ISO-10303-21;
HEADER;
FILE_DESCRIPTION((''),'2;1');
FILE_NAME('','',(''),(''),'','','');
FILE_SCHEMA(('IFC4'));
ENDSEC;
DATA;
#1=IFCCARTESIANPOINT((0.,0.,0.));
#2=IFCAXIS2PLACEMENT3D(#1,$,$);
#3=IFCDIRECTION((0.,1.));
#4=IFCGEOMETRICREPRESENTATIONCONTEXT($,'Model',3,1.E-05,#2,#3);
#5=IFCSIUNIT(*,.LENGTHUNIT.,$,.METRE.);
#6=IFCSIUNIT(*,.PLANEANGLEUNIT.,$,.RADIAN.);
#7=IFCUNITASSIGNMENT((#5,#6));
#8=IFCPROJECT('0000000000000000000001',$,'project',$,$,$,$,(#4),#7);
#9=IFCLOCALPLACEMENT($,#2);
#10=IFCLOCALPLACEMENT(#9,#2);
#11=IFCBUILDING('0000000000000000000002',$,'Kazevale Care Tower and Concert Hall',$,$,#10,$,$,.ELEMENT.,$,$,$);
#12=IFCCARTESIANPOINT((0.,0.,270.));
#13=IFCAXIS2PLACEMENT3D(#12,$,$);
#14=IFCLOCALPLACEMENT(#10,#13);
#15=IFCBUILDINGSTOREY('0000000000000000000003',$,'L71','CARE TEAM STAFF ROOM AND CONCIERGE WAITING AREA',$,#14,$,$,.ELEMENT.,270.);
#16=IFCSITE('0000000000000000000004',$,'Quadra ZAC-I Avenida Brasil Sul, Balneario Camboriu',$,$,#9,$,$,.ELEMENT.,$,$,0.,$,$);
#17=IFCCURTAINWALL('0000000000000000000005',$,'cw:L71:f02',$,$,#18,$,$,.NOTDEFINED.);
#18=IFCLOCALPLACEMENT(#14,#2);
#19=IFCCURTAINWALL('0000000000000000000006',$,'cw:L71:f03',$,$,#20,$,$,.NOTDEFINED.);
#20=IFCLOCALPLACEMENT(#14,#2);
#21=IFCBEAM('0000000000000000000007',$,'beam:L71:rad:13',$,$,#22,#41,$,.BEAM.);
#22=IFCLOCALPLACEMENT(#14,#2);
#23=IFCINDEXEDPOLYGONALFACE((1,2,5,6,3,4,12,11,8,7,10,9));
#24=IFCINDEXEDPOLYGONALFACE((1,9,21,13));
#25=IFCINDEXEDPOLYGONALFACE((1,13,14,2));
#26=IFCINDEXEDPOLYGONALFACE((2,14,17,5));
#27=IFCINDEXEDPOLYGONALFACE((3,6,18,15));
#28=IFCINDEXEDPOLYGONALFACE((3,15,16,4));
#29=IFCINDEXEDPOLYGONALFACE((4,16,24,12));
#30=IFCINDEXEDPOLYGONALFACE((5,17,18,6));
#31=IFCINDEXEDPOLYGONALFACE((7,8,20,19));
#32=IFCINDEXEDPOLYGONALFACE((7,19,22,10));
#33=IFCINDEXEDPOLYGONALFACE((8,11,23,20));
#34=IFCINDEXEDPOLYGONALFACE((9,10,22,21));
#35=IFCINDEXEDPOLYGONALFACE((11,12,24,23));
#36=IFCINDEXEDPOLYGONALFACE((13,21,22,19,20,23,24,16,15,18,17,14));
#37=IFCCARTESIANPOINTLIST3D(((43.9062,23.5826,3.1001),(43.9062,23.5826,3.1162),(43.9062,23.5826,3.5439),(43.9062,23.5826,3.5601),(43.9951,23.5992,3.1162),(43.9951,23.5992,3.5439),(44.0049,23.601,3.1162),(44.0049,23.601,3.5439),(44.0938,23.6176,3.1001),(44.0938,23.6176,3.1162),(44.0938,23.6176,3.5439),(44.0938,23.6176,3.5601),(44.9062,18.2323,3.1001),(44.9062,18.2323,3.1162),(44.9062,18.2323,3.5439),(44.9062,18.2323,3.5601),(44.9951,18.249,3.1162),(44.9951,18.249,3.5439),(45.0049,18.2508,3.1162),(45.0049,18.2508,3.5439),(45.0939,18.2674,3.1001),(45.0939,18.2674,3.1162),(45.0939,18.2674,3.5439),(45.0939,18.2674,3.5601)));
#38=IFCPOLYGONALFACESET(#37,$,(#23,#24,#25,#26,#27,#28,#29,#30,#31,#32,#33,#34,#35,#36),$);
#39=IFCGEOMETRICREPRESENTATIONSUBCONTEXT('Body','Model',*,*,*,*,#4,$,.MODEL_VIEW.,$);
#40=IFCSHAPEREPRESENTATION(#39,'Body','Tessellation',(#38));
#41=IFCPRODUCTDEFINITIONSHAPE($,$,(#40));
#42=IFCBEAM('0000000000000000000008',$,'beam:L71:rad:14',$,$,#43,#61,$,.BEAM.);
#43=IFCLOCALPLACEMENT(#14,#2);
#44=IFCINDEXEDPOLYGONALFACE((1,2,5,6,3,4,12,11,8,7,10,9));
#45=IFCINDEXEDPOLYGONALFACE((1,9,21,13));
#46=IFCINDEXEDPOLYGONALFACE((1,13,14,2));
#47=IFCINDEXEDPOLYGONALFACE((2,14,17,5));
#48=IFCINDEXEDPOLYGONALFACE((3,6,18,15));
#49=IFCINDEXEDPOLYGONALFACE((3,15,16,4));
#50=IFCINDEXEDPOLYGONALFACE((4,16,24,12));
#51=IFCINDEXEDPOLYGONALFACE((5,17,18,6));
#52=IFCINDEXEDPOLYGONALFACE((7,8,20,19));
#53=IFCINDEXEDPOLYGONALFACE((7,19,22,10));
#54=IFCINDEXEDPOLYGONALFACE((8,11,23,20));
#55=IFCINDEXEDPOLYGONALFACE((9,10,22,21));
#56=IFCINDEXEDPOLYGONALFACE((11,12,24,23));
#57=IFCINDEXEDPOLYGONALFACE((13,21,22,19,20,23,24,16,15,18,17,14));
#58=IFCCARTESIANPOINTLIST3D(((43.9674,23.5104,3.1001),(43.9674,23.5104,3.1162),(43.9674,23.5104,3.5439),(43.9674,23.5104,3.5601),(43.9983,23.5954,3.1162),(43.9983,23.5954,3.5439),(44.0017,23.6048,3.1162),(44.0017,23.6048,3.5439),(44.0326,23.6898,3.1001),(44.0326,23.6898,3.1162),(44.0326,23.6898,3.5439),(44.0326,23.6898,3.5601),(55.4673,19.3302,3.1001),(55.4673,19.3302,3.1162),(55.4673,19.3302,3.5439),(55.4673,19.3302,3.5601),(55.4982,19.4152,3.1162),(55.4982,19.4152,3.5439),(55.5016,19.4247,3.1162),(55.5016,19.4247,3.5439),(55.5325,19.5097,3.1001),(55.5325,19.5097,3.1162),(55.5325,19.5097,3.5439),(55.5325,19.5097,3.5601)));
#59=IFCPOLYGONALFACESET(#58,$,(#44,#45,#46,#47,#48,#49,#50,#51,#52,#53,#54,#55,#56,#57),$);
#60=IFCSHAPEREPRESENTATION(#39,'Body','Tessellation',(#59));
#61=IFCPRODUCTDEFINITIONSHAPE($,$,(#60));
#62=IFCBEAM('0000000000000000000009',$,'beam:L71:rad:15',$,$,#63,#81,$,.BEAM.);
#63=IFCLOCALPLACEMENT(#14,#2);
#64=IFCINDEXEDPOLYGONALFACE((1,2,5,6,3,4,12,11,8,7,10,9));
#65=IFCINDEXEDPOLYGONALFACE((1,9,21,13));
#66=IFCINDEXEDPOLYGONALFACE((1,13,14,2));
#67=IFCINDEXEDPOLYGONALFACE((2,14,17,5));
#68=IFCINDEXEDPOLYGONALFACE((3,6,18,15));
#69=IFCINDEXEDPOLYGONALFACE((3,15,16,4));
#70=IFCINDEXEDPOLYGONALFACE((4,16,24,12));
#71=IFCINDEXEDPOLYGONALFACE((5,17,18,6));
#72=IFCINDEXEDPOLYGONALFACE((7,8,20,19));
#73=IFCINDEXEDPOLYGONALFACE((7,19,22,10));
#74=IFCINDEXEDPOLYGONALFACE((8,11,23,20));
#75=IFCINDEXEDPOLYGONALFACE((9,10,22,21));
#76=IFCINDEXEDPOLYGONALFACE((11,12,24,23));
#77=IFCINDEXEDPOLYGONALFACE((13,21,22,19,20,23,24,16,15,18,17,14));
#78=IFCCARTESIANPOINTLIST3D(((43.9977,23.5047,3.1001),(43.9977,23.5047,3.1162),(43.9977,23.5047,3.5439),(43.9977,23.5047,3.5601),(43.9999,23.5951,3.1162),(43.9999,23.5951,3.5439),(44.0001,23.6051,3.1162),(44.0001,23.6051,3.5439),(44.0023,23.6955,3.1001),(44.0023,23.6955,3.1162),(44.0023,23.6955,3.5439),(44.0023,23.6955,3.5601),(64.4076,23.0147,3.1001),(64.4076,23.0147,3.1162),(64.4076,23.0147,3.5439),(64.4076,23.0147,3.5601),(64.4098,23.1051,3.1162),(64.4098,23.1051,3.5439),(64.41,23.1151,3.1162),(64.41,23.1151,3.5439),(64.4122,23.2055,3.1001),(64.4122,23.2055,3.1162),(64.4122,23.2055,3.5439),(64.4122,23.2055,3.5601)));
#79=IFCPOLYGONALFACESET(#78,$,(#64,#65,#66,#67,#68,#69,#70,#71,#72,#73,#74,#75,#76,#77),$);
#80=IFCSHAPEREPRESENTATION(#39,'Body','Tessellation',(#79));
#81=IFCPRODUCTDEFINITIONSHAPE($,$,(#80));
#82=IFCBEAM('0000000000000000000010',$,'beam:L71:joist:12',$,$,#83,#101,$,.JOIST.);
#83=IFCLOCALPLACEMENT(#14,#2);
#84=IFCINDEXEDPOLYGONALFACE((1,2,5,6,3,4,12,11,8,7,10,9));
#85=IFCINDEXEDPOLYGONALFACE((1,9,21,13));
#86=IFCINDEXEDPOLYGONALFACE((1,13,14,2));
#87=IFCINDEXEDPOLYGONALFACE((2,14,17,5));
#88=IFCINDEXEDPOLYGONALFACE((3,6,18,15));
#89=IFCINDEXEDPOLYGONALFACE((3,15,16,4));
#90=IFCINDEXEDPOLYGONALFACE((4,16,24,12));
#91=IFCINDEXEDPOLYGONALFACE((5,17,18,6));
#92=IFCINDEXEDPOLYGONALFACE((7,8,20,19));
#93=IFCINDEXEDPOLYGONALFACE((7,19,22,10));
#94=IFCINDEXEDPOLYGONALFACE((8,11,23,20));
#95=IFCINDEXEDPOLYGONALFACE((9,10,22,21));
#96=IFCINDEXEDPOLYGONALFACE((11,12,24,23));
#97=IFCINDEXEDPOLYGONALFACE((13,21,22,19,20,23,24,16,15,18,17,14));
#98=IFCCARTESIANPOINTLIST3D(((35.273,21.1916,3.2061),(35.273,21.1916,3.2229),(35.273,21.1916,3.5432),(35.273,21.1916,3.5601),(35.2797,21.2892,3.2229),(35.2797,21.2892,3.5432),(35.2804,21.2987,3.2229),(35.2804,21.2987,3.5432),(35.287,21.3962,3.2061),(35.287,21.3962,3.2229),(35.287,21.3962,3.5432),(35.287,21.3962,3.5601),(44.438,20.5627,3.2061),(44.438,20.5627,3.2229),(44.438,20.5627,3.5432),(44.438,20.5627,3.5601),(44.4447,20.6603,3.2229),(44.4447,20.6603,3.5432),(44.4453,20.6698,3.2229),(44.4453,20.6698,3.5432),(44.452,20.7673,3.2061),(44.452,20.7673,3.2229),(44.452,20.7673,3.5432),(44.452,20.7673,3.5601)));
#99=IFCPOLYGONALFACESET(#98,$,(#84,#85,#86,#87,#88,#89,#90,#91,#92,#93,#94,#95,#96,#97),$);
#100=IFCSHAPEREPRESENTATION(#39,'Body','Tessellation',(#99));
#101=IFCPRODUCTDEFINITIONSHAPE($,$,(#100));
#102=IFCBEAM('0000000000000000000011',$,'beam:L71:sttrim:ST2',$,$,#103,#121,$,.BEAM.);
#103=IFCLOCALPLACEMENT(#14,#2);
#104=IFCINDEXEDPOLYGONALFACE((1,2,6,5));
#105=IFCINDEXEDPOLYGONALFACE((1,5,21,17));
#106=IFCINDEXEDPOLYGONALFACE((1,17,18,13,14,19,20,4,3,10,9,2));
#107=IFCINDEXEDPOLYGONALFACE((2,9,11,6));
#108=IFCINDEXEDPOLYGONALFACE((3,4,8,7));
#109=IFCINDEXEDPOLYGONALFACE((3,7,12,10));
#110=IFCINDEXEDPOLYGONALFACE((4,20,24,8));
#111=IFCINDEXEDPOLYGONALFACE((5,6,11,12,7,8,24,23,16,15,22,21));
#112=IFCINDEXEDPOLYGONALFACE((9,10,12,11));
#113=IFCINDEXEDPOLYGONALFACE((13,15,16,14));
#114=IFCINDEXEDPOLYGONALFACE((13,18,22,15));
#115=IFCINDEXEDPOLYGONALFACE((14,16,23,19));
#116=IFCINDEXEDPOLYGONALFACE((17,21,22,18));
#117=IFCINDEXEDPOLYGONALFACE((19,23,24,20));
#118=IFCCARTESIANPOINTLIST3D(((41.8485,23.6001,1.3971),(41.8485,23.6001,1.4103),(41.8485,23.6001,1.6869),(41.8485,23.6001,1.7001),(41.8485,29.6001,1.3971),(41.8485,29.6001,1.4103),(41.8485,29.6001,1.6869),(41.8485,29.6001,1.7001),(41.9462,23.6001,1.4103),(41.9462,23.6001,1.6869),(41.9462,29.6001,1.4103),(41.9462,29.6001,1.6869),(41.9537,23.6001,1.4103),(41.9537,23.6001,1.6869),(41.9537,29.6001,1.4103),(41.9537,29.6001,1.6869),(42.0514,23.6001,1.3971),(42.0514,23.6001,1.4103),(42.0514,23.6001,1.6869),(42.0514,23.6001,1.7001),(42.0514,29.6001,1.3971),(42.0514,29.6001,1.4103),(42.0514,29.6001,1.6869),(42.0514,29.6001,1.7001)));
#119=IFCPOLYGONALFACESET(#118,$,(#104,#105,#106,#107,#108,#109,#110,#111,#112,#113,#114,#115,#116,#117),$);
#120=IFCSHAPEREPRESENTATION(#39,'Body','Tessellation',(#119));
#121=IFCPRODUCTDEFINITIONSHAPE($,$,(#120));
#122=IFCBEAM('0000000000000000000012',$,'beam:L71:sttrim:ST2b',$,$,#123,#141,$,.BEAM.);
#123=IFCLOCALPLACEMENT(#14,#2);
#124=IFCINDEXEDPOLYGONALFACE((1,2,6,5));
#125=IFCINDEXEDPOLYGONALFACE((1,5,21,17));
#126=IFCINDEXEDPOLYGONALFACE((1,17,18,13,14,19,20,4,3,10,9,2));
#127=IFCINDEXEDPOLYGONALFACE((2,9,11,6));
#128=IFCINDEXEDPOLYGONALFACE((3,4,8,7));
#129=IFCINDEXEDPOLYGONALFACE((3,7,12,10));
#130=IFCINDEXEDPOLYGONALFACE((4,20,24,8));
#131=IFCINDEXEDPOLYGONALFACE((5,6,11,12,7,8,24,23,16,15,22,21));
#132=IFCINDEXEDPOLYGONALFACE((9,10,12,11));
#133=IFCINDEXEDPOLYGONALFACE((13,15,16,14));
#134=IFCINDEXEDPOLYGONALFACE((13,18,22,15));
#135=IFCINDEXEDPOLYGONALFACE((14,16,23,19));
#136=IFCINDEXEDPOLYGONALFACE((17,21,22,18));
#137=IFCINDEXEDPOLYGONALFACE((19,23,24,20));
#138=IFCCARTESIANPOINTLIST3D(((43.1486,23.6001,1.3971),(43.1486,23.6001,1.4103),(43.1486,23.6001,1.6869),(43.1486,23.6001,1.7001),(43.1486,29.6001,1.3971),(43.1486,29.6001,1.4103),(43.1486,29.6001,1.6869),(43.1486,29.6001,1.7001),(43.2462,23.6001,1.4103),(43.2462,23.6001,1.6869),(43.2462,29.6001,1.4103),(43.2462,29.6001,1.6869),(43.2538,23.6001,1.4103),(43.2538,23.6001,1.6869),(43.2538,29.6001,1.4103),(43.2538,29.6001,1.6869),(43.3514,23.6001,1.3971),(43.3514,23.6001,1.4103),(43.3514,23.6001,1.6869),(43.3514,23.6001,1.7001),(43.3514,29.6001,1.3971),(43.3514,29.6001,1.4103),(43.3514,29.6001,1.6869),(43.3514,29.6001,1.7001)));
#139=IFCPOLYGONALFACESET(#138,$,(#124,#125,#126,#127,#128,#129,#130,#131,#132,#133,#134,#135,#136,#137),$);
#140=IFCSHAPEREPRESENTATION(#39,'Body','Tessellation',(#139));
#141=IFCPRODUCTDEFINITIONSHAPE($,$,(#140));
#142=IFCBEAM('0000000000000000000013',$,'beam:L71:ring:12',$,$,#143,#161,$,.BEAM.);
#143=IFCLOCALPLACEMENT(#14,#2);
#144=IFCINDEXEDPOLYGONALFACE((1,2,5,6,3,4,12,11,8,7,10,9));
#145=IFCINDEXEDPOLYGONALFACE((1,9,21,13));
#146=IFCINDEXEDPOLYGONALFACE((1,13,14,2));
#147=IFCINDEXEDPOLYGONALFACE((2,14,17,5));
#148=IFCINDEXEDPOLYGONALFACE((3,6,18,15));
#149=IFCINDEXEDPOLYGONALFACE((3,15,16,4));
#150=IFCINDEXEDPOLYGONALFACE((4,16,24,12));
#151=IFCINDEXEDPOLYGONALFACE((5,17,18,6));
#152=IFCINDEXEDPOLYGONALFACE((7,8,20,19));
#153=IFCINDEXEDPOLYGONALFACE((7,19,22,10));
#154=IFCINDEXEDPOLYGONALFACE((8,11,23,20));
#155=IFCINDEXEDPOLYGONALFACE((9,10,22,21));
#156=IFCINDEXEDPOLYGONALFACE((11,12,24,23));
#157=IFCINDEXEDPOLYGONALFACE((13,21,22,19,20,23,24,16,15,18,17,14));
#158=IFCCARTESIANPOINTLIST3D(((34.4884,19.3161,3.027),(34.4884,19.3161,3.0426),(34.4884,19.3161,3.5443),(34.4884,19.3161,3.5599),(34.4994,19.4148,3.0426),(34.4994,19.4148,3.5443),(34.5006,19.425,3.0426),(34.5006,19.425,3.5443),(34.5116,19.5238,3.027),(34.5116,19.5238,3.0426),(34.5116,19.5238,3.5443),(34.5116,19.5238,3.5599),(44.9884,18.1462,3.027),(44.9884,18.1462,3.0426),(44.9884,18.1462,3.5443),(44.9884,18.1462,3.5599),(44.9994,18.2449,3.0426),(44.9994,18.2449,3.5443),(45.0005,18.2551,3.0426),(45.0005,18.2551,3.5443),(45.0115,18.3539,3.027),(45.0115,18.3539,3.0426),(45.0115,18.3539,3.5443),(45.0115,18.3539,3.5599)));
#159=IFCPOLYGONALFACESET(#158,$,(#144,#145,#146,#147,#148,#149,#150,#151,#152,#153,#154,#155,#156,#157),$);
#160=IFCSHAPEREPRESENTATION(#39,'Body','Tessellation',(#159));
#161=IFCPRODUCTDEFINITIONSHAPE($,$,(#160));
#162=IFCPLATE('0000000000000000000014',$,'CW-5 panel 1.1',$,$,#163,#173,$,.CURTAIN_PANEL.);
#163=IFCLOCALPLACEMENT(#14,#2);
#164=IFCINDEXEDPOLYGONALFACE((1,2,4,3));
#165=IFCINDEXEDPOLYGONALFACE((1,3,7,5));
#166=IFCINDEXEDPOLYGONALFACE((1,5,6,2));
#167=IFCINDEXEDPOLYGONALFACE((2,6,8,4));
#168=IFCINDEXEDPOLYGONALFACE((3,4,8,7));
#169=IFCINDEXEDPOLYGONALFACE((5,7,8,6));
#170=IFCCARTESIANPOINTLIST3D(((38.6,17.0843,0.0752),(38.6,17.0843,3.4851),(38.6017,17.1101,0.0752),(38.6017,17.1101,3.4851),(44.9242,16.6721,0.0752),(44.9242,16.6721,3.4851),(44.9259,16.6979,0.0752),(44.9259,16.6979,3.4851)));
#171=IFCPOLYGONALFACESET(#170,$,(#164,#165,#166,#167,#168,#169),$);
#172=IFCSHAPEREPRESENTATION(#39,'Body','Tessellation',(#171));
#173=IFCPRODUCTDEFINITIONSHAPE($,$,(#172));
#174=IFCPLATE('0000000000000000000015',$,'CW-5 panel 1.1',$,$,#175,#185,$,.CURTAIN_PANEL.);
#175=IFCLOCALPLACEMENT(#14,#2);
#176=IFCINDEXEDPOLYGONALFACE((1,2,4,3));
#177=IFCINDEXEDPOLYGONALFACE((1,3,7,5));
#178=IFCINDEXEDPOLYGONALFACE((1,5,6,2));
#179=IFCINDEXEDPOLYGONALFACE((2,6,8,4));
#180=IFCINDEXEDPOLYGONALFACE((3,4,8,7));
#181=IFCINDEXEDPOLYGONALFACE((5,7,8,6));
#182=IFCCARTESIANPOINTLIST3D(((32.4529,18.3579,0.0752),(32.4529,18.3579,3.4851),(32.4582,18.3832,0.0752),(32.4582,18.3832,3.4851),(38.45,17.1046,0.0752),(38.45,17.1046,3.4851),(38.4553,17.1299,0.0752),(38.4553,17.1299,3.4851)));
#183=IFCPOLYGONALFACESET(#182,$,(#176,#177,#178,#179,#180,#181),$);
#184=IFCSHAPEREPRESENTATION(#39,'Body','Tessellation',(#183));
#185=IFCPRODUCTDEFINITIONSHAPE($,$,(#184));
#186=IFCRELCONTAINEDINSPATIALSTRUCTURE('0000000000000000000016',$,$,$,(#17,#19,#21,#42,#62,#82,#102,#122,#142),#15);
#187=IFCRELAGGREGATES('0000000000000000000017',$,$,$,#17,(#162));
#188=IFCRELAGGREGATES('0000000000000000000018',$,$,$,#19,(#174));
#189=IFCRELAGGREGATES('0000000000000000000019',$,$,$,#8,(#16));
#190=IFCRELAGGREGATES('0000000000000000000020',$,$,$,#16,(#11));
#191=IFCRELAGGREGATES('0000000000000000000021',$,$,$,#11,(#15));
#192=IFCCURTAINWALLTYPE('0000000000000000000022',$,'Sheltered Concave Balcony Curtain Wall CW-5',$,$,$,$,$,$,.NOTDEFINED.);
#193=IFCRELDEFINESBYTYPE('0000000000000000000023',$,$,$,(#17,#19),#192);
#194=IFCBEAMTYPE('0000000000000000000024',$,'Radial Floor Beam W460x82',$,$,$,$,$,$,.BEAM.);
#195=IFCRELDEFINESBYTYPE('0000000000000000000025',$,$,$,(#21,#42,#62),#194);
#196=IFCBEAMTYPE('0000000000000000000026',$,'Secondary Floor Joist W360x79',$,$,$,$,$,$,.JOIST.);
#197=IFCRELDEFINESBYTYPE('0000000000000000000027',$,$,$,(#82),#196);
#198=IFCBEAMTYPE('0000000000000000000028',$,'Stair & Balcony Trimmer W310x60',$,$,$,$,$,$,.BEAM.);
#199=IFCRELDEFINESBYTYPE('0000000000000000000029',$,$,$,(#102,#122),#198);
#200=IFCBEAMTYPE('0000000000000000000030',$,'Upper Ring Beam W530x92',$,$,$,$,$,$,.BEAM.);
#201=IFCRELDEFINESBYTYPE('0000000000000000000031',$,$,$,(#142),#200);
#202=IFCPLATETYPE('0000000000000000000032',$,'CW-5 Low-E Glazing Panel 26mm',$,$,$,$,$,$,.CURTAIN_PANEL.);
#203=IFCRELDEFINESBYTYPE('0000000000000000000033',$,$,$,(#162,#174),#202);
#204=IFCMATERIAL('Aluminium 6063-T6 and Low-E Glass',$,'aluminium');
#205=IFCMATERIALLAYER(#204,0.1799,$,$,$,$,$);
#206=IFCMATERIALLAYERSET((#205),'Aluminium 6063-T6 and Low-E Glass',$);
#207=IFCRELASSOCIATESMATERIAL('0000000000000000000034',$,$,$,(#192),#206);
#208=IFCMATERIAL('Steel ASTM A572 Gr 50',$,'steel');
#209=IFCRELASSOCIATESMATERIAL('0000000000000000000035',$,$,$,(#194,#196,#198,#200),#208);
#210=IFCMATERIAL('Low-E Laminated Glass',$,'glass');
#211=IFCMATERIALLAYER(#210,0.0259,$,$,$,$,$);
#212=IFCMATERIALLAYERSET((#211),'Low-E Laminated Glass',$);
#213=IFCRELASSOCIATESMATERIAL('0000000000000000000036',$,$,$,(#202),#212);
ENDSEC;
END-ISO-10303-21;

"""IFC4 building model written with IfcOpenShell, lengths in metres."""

from ifc_helpers import new_model, si_unit, direction, frame, origin, origin_2d, place, context, subcontext, project, spatial, rectangle, i_section, extrude, material, layer, layer_set, material_profile, profile_set, type_object, element, aggregate, save


model = new_model("IFC4")

# Units and contexts
model_context = context("Model", 3, precision=1e-05, world=origin(), true_north=direction((0.0, 1.0)))
body_context = subcontext(model_context, "Body", "Model", "MODEL_VIEW")
ifc_project = project(units=[si_unit("LENGTHUNIT", "METRE"), si_unit("PLANEANGLEUNIT", "RADIAN")], contexts=[model_context])

# Site, building, storey
site_placement = place(None, origin())
site = spatial("IfcSite", under=ifc_project, at=site_placement, Name="Quadra ZAC-I Avenida Brasil Sul, Balneario Camboriu", CompositionType="ELEMENT", RefElevation=0.0)
building_placement = place(site_placement, origin())
building = spatial("IfcBuilding", under=site, at=building_placement, Name="Kazevale Care Tower and Concert Hall", CompositionType="ELEMENT")
storey_placement = place(building_placement, frame((0.0, 0.0, 270.0)))
storey = spatial("IfcBuildingStorey", under=building, at=storey_placement, Name="L71", Description="CARE TEAM STAFF ROOM AND CONCIERGE WAITING AREA", CompositionType="ELEMENT", Elevation=270.0)

# Curtain wall
ifc_material_1 = material(Name="Aluminium 6063-T6 and Low-E Glass", Category="aluminium")
ifc_layer_1 = layer(ifc_material_1, 0.1799)
ifc_layer_set_1 = layer_set([ifc_layer_1], Name="Aluminium 6063-T6 and Low-E Glass")
curtain_wall_type = type_object("IfcCurtainWallType", Name="Sheltered Concave Balcony Curtain Wall CW-5", PredefinedType="NOTDEFINED", material=ifc_layer_set_1)
curtain_wall_1_placement = place(storey_placement, origin())
curtain_wall_1 = element("IfcCurtainWall", 1, at=curtain_wall_1_placement, inside=storey, type_object=curtain_wall_type, Name="cw:L71:f02", PredefinedType="NOTDEFINED")

# Curtain wall
curtain_wall_2_placement = place(storey_placement, origin())
curtain_wall_2 = element("IfcCurtainWall", 2, at=curtain_wall_2_placement, inside=storey, type_object=curtain_wall_type, Name="cw:L71:f03", PredefinedType="NOTDEFINED")

# Beams
ifc_material_2 = material(Name="Steel ASTM A572 Gr 50", Category="steel")
ifc_material_profile_1 = material_profile(ifc_material_2, i_section(OverallWidth=0.1909, OverallDepth=0.46, WebThickness=0.01, FlangeThickness=0.0161, at=origin_2d()), Name="W460x82")
ifc_profile_set_1 = profile_set([ifc_material_profile_1], Name="Steel ASTM A572 Gr 50")
beam_type_1 = type_object("IfcBeamType", Name="Radial Floor Beam W460x82", PredefinedType="BEAM", material=ifc_profile_set_1)
beam_1_placement = place(storey_placement, frame((44.0, 23.6001, 3.3301), z_axis=(0.183731, -0.982977, 0.0), x_axis=(0.982977, 0.183731, 0.0)))
element("IfcBeam", 3, at=beam_1_placement, inside=storey, type_object=beam_type_1, Name="beam:L71:rad:13", PredefinedType="BEAM", context=body_context, shape_type="SweptSolid", body=[
    extrude(i_section(OverallWidth=0.1909, OverallDepth=0.46, WebThickness=0.01, FlangeThickness=0.0161, at=origin_2d()), origin(), (0.0, 0.0, 1.0), 5.4429),
])
beam_2_placement = place(storey_placement, frame((44.0, 23.6001, 3.3301), z_axis=(0.939837, -0.341625, 0.0), x_axis=(0.341625, 0.939837, 0.0)))
element("IfcBeam", 4, at=beam_2_placement, inside=storey, type_object=beam_type_1, Name="beam:L71:rad:14", PredefinedType="BEAM", context=body_context, shape_type="SweptSolid", body=[
    extrude(i_section(OverallWidth=0.1909, OverallDepth=0.46, WebThickness=0.01, FlangeThickness=0.0161, at=origin_2d()), origin(), (0.0, 0.0, 1.0), 12.2361),
])
beam_3_placement = place(storey_placement, frame((44.0, 23.6001, 3.3301), z_axis=(0.999712, -0.024001, 0.0), x_axis=(0.024001, 0.999712, 0.0)))
element("IfcBeam", 5, at=beam_3_placement, inside=storey, type_object=beam_type_1, Name="beam:L71:rad:15", PredefinedType="BEAM", context=body_context, shape_type="SweptSolid", body=[
    extrude(i_section(OverallWidth=0.1909, OverallDepth=0.46, WebThickness=0.01, FlangeThickness=0.0161, at=origin_2d()), origin(), (0.0, 0.0, 1.0), 20.4158),
])
ifc_material_profile_2 = material_profile(ifc_material_2, i_section(OverallWidth=0.2051, OverallDepth=0.354, WebThickness=0.0095, FlangeThickness=0.0168, at=origin_2d()), Name="W360x79")
ifc_profile_set_2 = profile_set([ifc_material_profile_2], Name="Steel ASTM A572 Gr 50")
beam_type_2 = type_object("IfcBeamType", Name="Secondary Floor Joist W360x79", PredefinedType="JOIST", material=ifc_profile_set_2)
beam_4_placement = place(storey_placement, frame((35.28, 21.2939, 3.3831), z_axis=(0.997654, -0.068459, 0.0), x_axis=(0.068459, 0.997654, 0.0)))
element("IfcBeam", 6, at=beam_4_placement, inside=storey, type_object=beam_type_2, Name="beam:L71:joist:12", PredefinedType="JOIST", context=body_context, shape_type="SweptSolid", body=[
    extrude(i_section(OverallWidth=0.2051, OverallDepth=0.354, WebThickness=0.0095, FlangeThickness=0.0168, at=origin_2d()), origin(), (0.0, 0.0, 1.0), 9.1865),
])
ifc_material_profile_3 = material_profile(ifc_material_2, i_section(OverallWidth=0.2029, OverallDepth=0.303, WebThickness=0.0076, FlangeThickness=0.0132, at=origin_2d()), Name="W310x60")
ifc_profile_set_3 = profile_set([ifc_material_profile_3], Name="Steel ASTM A572 Gr 50")
beam_type_3 = type_object("IfcBeamType", Name="Stair & Balcony Trimmer W310x60", PredefinedType="BEAM", material=ifc_profile_set_3)
for number, where, z_axis, x_axis, name in (
    (7, (41.95, 23.6001, 1.5486), (0.0, 1.0, 0.0), (-1.0, 0.0, 0.0), "beam:L71:sttrim:ST2"),
    (8, (43.25, 23.6001, 1.5486), (0.0, 1.0, 0.0), (-1.0, 0.0, 0.0), "beam:L71:sttrim:ST2b"),
):
    element("IfcBeam", number, at=place(storey_placement, frame(where, z_axis=z_axis, x_axis=x_axis)), inside=storey, type_object=beam_type_3, Name=name, PredefinedType="BEAM", context=body_context, shape_type="SweptSolid", body=[
        extrude(i_section(OverallWidth=0.2029, OverallDepth=0.303, WebThickness=0.0076, FlangeThickness=0.0132, at=origin_2d()), origin(), (0.0, 0.0, 1.0), 6.0),
    ])
ifc_material_profile_4 = material_profile(ifc_material_2, i_section(OverallWidth=0.209, OverallDepth=0.533, WebThickness=0.0103, FlangeThickness=0.0156, at=origin_2d()), Name="W530x92")
ifc_profile_set_4 = profile_set([ifc_material_profile_4], Name="Steel ASTM A572 Gr 50")
beam_type_4 = type_object("IfcBeamType", Name="Upper Ring Beam W530x92", PredefinedType="BEAM", material=ifc_profile_set_4)
beam_5_placement = place(storey_placement, frame((34.5, 19.4199, 3.2935), z_axis=(0.99385, -0.110736, 0.0), x_axis=(0.110736, 0.99385, 0.0)))
element("IfcBeam", 9, at=beam_5_placement, inside=storey, type_object=beam_type_4, Name="beam:L71:ring:12", PredefinedType="BEAM", context=body_context, shape_type="SweptSolid", body=[
    extrude(i_section(OverallWidth=0.209, OverallDepth=0.533, WebThickness=0.0103, FlangeThickness=0.0156, at=origin_2d()), origin(), (0.0, 0.0, 1.0), 10.5649),
])

# Plates
ifc_material_3 = material(Name="Low-E Laminated Glass", Category="glass")
ifc_layer_2 = layer(ifc_material_3, 0.0259)
ifc_layer_set_2 = layer_set([ifc_layer_2], Name="Low-E Laminated Glass")
plate_type = type_object("IfcPlateType", Name="CW-5 Low-E Glazing Panel 26mm", PredefinedType="CURTAIN_PANEL", material=ifc_layer_set_2)
plate_1_placement = place(storey_placement, frame((41.7629, 16.8911, 0.0752), z_axis=(0.0, 0.0, 1.0), x_axis=(-0.997882, 0.065046, 0.0)))
plate_1 = element("IfcPlate", 10, at=plate_1_placement, type_object=plate_type, Name="CW-5 panel 1.1", PredefinedType="CURTAIN_PANEL", context=body_context, shape_type="SweptSolid", body=[
    extrude(rectangle(XDim=6.3376, YDim=0.0259, at=origin_2d()), origin(), (0.0, 0.0, 1.0), 3.4099),
])
aggregate(curtain_wall_1, [plate_1])
plate_2_placement = place(storey_placement, frame((35.4541, 17.7439, 0.0752), z_axis=(0.0, 0.0, 1.0), x_axis=(-0.978853, 0.204565, 0.0)))
plate_2 = element("IfcPlate", 11, at=plate_2_placement, type_object=plate_type, Name="CW-5 panel 1.1", PredefinedType="CURTAIN_PANEL", context=body_context, shape_type="SweptSolid", body=[
    extrude(rectangle(XDim=6.1267, YDim=0.0259, at=origin_2d()), origin(), (0.0, 0.0, 1.0), 3.4099),
])
aggregate(curtain_wall_2, [plate_2])

save(model, "model.ifc")
